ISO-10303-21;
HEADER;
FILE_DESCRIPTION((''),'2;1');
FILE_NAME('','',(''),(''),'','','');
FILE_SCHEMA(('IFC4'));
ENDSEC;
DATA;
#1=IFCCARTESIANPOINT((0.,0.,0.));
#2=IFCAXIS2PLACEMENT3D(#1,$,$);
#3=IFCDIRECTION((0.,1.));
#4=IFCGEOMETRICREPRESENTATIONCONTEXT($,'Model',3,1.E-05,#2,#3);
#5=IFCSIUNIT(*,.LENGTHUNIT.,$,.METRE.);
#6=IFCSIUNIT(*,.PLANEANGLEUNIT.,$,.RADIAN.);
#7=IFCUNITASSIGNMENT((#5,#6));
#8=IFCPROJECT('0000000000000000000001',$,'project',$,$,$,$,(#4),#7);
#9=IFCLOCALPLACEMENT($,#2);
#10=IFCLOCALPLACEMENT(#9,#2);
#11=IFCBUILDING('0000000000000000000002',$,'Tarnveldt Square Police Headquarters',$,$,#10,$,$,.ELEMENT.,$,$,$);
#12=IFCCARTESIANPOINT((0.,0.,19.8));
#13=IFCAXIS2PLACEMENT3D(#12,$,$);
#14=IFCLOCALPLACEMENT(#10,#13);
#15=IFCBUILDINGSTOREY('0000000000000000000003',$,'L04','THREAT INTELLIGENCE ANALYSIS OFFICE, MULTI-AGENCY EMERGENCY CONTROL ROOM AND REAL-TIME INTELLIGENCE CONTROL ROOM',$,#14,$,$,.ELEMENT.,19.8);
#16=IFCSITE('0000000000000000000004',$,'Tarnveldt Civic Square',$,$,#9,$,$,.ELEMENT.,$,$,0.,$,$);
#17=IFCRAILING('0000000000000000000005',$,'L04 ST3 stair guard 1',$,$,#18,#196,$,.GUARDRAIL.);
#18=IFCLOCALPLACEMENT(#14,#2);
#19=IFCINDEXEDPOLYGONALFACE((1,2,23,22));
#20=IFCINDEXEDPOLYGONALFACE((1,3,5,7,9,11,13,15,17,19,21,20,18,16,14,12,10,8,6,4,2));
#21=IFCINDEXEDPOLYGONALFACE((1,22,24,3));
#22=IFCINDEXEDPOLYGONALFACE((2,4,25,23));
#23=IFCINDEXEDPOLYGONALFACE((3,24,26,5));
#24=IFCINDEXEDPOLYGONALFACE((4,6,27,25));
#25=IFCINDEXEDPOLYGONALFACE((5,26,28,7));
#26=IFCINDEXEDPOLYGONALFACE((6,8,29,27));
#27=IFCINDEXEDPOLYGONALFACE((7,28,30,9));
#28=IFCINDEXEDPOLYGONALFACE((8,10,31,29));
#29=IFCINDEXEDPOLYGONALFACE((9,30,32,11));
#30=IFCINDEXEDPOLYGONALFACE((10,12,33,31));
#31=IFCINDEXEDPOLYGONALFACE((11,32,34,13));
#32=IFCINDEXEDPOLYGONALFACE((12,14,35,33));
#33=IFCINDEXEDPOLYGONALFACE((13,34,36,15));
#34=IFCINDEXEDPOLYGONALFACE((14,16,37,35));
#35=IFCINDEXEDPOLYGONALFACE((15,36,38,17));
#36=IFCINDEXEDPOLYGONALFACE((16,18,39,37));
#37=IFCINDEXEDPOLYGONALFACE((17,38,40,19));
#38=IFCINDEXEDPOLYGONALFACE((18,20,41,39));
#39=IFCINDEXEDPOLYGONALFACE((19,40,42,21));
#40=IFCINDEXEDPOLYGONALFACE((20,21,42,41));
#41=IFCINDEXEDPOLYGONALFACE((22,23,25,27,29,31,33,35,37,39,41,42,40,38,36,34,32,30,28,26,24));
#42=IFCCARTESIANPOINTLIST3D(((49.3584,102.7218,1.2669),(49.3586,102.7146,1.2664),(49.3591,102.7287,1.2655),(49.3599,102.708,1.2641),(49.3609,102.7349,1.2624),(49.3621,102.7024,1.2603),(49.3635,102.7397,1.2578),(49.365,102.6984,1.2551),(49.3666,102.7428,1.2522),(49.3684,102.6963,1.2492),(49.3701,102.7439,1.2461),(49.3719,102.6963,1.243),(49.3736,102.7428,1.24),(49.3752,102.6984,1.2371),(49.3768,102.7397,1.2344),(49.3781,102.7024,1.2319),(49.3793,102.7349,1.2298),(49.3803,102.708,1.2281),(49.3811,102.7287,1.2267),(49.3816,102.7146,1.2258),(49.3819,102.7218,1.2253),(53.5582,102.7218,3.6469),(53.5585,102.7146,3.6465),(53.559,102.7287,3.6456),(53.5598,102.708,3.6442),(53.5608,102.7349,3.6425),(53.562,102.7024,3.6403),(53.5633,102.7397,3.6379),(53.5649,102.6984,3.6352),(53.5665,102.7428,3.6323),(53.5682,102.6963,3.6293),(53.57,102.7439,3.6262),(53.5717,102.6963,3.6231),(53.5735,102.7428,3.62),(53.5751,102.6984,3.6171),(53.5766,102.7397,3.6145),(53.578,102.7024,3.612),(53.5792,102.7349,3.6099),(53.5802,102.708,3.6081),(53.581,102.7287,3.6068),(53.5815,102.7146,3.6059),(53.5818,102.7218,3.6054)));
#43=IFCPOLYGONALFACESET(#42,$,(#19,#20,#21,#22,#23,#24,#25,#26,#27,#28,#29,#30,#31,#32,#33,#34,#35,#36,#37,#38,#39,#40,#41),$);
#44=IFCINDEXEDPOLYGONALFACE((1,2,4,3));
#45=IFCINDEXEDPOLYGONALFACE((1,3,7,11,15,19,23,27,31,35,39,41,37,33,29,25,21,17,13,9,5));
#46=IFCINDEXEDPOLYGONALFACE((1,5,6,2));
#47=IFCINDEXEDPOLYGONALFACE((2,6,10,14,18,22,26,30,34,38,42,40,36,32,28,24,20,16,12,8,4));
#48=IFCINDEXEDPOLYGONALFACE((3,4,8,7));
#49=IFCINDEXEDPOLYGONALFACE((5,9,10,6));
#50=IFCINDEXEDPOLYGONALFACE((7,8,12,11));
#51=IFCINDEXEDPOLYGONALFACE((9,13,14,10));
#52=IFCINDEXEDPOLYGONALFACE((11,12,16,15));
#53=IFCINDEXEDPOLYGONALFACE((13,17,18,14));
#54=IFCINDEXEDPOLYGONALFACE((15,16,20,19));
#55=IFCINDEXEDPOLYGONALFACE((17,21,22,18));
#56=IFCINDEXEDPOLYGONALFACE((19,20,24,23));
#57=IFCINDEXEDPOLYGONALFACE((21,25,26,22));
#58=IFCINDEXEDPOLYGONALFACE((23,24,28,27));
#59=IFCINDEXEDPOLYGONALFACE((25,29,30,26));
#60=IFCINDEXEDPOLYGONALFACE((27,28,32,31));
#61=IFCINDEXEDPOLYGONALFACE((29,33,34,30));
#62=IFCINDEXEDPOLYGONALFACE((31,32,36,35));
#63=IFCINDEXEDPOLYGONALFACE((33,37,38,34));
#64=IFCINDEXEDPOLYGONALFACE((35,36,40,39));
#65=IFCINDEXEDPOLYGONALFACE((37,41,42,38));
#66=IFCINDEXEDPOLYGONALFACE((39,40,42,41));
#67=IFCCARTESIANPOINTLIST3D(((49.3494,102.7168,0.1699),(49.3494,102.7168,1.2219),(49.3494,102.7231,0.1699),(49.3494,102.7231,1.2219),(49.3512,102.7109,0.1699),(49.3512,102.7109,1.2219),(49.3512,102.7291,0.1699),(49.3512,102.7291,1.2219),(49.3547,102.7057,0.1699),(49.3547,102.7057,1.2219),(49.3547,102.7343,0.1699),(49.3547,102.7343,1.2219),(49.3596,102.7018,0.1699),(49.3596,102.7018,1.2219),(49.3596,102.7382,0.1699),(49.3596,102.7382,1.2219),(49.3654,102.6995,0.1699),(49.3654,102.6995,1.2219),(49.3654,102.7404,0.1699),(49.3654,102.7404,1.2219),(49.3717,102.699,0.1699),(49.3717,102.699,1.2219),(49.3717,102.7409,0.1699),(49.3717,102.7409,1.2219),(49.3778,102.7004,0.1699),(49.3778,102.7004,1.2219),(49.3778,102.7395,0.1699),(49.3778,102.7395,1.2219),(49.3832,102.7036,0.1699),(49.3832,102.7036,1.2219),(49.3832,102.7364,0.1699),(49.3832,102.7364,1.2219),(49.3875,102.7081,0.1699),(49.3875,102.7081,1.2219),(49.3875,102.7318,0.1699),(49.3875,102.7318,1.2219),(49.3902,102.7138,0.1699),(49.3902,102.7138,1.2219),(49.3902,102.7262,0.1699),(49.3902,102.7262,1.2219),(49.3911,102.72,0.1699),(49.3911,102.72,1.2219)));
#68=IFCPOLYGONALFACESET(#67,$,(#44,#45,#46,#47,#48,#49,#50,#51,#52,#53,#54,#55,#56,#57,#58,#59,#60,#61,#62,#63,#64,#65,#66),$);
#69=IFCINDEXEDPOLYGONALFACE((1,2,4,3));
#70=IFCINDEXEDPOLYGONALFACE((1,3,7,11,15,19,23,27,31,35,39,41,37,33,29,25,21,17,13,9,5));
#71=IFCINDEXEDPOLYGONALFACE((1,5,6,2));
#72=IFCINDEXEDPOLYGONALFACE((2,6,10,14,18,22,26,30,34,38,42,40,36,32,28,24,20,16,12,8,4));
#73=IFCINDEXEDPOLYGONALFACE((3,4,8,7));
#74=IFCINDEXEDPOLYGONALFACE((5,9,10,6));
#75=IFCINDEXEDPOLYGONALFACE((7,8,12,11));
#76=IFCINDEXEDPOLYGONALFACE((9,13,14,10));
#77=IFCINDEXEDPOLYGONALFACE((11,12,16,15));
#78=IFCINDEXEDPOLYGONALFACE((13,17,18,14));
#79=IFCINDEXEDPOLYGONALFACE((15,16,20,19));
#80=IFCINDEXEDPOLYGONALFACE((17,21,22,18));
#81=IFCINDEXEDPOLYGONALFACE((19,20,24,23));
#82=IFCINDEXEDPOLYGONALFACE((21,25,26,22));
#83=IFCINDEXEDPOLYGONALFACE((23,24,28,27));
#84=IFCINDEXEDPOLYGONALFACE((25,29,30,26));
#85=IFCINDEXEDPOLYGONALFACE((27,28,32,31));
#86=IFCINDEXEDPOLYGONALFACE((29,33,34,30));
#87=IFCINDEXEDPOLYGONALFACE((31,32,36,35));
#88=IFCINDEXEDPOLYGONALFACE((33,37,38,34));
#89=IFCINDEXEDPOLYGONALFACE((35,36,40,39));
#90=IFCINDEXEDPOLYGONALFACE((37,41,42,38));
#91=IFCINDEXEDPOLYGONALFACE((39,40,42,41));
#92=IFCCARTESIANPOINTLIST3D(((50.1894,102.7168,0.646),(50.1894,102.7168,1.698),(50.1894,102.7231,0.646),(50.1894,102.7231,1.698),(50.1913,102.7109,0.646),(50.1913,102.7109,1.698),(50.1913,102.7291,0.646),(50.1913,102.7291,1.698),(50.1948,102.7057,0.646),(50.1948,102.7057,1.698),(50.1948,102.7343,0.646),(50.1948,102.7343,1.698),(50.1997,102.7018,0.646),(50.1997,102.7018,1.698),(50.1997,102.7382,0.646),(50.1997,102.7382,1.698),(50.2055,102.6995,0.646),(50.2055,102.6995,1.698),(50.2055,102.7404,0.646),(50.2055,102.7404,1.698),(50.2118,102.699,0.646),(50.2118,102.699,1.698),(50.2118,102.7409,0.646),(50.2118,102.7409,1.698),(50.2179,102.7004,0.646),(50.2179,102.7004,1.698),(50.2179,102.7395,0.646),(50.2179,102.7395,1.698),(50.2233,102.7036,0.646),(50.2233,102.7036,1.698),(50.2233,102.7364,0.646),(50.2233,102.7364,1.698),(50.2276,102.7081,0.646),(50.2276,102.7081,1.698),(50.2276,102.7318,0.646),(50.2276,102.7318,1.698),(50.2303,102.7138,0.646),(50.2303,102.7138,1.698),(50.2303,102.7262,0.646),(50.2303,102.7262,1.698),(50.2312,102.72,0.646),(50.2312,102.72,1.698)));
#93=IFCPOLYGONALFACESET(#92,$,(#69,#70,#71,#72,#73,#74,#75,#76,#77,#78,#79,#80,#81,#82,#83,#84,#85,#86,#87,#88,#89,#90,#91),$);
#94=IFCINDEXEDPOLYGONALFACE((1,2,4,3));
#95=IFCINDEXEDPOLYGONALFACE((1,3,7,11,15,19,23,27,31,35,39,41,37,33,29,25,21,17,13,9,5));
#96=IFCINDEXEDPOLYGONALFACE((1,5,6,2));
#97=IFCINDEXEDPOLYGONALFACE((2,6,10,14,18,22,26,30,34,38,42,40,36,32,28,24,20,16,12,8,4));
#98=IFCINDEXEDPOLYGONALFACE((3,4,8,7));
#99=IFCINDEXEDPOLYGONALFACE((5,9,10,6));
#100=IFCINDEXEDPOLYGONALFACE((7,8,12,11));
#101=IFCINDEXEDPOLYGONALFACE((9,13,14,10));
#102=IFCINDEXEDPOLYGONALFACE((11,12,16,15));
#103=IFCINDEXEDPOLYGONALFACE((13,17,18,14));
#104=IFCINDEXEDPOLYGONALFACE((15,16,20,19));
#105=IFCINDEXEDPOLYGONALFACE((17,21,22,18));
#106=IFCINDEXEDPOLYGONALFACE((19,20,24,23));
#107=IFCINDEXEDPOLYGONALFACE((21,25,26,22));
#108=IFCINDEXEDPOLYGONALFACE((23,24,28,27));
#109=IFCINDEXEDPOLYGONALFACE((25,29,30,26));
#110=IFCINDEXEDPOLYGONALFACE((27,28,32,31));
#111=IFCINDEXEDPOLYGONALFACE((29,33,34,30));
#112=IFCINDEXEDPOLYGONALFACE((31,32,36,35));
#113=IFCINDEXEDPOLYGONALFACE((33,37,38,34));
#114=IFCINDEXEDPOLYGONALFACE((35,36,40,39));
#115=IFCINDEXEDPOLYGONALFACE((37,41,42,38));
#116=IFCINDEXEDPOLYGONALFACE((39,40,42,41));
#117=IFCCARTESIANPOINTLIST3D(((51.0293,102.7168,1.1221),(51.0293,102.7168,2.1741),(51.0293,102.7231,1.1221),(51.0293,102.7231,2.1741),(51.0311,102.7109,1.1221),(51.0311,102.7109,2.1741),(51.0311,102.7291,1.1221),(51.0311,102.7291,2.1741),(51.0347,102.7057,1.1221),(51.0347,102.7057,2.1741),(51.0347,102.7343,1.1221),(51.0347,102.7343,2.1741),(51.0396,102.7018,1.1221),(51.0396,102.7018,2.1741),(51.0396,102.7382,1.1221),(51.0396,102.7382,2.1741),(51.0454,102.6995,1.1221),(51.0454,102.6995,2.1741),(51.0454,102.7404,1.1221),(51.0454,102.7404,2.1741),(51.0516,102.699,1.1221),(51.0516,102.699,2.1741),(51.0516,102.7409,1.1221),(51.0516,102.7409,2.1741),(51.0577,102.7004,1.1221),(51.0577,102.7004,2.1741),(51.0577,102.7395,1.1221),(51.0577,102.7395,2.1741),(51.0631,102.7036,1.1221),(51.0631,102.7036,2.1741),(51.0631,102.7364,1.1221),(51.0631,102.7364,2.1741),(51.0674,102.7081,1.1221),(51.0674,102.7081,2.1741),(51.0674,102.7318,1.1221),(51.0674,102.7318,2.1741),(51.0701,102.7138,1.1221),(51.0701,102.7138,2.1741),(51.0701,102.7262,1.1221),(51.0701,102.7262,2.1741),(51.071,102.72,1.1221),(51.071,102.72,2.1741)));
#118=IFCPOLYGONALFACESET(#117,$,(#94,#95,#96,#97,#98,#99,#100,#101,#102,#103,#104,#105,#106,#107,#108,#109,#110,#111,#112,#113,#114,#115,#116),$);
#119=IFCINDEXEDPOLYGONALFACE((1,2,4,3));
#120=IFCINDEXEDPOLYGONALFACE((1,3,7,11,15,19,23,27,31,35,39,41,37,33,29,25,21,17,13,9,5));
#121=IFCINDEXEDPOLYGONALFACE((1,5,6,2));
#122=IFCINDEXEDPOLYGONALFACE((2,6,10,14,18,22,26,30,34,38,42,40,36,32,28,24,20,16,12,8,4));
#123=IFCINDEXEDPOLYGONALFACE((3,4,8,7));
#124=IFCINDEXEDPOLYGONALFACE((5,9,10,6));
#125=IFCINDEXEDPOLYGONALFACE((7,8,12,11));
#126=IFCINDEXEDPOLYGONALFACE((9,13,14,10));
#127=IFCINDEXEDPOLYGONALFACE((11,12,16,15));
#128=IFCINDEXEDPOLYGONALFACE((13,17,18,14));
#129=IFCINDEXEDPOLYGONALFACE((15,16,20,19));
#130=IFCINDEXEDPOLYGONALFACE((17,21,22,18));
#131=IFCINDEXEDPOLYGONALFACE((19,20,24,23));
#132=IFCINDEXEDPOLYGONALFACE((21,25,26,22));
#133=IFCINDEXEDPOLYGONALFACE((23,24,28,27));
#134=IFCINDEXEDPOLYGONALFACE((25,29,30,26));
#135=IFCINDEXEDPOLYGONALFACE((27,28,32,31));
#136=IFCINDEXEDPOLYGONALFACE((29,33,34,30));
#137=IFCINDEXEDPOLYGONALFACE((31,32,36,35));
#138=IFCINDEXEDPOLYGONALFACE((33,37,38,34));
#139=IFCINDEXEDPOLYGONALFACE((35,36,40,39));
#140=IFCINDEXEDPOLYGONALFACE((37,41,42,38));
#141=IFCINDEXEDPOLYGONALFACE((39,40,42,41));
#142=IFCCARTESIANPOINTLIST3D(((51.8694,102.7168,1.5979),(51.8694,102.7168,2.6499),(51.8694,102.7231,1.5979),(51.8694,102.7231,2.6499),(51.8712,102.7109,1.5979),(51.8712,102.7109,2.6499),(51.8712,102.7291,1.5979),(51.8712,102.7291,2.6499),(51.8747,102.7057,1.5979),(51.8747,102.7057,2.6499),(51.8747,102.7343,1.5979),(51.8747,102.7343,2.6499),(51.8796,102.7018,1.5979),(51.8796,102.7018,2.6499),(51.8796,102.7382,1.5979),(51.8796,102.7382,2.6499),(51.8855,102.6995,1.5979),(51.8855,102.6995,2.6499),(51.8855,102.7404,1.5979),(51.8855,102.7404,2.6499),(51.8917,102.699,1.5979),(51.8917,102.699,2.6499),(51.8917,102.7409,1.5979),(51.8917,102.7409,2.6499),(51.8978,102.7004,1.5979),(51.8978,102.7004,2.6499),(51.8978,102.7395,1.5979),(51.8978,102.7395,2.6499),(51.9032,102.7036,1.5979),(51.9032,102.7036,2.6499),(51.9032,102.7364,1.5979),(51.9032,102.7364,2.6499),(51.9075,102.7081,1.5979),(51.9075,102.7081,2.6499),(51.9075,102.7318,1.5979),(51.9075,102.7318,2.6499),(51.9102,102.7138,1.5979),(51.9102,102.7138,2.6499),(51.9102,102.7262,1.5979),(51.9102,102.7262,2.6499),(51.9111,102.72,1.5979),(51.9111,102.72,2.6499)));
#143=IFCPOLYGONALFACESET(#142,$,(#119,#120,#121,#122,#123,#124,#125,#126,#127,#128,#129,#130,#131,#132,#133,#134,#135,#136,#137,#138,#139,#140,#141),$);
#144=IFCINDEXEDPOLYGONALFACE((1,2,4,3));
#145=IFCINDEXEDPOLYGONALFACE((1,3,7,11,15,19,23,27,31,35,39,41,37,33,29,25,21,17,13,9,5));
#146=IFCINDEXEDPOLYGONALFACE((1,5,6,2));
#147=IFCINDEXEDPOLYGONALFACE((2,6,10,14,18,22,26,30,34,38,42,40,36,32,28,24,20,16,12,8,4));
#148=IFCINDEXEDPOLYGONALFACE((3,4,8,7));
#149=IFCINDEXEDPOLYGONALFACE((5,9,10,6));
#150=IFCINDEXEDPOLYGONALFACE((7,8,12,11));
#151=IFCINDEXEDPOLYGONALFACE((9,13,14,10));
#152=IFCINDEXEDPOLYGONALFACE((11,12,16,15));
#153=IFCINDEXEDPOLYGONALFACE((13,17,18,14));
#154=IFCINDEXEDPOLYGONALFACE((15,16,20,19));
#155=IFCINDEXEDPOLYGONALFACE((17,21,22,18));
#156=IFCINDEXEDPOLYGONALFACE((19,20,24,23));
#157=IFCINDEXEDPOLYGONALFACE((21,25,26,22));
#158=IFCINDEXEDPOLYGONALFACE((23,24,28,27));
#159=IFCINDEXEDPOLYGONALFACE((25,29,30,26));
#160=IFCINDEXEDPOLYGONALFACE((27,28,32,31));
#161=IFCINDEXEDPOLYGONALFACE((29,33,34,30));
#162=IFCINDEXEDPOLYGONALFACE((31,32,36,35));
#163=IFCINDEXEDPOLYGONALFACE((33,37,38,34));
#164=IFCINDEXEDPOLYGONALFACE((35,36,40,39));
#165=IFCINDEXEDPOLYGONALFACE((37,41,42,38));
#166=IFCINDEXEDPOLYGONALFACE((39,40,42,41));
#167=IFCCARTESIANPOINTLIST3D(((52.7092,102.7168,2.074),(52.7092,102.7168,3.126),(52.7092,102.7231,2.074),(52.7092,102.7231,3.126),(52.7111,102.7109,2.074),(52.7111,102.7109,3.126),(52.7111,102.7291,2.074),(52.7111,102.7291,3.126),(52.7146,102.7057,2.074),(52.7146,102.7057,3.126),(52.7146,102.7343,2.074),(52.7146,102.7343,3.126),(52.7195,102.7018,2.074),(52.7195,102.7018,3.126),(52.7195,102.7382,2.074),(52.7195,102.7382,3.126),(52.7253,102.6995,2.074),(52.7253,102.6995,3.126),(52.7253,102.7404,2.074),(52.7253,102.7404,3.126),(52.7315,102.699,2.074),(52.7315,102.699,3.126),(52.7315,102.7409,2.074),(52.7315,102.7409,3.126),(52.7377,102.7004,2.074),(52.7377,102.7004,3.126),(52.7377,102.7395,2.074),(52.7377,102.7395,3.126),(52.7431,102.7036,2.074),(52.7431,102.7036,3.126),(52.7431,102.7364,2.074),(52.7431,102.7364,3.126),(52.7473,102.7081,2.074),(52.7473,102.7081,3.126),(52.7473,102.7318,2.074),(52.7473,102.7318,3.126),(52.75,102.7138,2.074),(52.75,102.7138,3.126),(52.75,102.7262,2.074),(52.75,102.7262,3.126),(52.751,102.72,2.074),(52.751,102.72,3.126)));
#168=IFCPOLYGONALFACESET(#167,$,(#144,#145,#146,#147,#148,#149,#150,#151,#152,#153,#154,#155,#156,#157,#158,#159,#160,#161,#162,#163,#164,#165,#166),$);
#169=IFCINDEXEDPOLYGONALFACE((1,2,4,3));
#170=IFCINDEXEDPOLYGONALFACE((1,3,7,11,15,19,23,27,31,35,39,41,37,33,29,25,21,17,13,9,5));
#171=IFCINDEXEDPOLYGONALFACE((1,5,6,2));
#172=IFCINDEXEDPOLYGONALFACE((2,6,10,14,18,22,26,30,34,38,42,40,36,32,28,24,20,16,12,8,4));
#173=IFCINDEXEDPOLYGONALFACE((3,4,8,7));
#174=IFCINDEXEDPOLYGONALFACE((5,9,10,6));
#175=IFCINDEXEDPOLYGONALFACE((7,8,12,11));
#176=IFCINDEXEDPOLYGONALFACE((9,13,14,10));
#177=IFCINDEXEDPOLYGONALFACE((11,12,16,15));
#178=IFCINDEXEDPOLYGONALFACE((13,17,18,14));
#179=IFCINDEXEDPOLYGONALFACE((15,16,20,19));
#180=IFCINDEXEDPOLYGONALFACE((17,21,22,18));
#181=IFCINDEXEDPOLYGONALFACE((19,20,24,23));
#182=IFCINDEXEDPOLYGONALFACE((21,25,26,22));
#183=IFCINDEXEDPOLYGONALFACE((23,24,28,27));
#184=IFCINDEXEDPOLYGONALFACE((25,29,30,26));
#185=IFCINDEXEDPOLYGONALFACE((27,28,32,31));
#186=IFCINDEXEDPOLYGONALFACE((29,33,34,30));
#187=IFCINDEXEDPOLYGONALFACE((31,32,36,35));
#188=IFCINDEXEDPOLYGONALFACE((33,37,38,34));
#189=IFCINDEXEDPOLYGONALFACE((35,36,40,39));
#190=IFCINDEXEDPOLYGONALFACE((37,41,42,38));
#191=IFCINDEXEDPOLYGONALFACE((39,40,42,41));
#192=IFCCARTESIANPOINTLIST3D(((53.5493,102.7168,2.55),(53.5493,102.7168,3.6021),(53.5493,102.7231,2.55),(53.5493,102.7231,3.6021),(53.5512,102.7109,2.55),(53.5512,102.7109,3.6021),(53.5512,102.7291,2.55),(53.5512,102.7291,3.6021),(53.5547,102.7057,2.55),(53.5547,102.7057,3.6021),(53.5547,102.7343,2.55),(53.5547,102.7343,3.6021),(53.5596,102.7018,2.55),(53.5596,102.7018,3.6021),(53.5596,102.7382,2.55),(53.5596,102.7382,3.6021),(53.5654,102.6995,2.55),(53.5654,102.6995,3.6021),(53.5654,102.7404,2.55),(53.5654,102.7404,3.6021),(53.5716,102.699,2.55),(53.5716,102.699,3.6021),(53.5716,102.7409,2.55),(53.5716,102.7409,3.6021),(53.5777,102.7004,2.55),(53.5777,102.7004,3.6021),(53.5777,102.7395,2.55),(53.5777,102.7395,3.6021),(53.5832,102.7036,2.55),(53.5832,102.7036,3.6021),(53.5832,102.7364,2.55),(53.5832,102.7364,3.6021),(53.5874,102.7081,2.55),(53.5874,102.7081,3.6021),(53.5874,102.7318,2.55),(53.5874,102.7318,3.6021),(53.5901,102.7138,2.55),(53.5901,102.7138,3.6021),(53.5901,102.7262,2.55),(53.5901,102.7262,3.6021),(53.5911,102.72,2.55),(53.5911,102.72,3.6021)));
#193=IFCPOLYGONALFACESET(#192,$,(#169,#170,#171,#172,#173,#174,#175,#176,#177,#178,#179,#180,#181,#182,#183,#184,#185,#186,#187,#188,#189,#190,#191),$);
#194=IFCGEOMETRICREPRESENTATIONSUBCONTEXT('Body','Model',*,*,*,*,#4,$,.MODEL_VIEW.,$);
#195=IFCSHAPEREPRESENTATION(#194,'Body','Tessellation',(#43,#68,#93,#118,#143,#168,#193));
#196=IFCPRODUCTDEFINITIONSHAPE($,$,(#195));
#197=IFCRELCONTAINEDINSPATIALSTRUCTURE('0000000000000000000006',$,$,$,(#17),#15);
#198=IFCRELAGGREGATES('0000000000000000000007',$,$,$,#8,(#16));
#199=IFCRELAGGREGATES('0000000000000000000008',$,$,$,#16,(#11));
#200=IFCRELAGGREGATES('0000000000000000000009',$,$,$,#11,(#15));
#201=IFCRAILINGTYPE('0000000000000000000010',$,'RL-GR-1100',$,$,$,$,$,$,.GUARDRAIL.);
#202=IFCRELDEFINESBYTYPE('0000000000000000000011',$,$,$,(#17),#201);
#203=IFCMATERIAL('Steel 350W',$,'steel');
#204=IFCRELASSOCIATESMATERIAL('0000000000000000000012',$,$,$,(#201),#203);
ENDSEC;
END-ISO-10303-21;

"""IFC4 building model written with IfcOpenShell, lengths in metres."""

from ifc_helpers import new_model, si_unit, direction, frame, origin, origin_2d, place, context, subcontext, project, spatial, circle, extrude, material, type_object, element, save


model = new_model("IFC4")

# Units and contexts
model_context = context("Model", 3, precision=1e-05, world=origin(), true_north=direction((0.0, 1.0)))
body_context = subcontext(model_context, "Body", "Model", "MODEL_VIEW")
ifc_project = project(units=[si_unit("LENGTHUNIT", "METRE"), si_unit("PLANEANGLEUNIT", "RADIAN")], contexts=[model_context])

# Site, building, storey
site_placement = place(None, origin())
site = spatial("IfcSite", under=ifc_project, at=site_placement, Name="Tarnveldt Civic Square", CompositionType="ELEMENT", RefElevation=0.0)
building_placement = place(site_placement, origin())
building = spatial("IfcBuilding", under=site, at=building_placement, Name="Tarnveldt Square Police Headquarters", CompositionType="ELEMENT")
storey_placement = place(building_placement, frame((0.0, 0.0, 19.8)))
storey = spatial("IfcBuildingStorey", under=building, at=storey_placement, Name="L04", Description="THREAT INTELLIGENCE ANALYSIS OFFICE, MULTI-AGENCY EMERGENCY CONTROL ROOM AND REAL-TIME INTELLIGENCE CONTROL ROOM", CompositionType="ELEMENT", Elevation=19.8)

# Shared definitions
ifc_material_1 = material(Name="Steel 350W", Category="steel")

# Railing
railing_type_1 = type_object("IfcRailingType", Name="RL-GR-1100", PredefinedType="GUARDRAIL", material=ifc_material_1)
railing_1_placement = place(storey_placement, frame((49.3701, 102.72, 0.1699)))
element("IfcRailing", 1, at=railing_1_placement, inside=storey, type_object=railing_type_1, Name="L04 ST3 stair guard 1", PredefinedType="GUARDRAIL", context=body_context, shape_type="SweptSolid", body=[
    extrude(circle(Radius=0.0239, at=origin_2d()), frame((0.0, 0.0, 1.0762), z_axis=(0.870008, 0.0, 0.493037), x_axis=(0.0, 1.0, 0.0)), (0.0, 0.0, 1.0), 4.8274),
    extrude(circle(Radius=0.021, at=origin_2d()), origin(), (0.0, 0.0, 1.0), 1.052),
    extrude(circle(Radius=0.021, at=origin_2d()), frame((0.8401, 0.0, 0.4761)), (0.0, 0.0, 1.0), 1.052),
    extrude(circle(Radius=0.021, at=origin_2d()), frame((1.6799, 0.0, 0.9521)), (0.0, 0.0, 1.0), 1.052),
    extrude(circle(Radius=0.021, at=origin_2d()), frame((2.52, 0.0, 1.428)), (0.0, 0.0, 1.0), 1.052),
    extrude(circle(Radius=0.021, at=origin_2d()), frame((3.3599, 0.0, 1.9041)), (0.0, 0.0, 1.0), 1.052),
    extrude(circle(Radius=0.021, at=origin_2d()), frame((4.2, 0.0, 2.3801)), (0.0, 0.0, 1.0), 1.052),
])

save(model, "model.ifc")
